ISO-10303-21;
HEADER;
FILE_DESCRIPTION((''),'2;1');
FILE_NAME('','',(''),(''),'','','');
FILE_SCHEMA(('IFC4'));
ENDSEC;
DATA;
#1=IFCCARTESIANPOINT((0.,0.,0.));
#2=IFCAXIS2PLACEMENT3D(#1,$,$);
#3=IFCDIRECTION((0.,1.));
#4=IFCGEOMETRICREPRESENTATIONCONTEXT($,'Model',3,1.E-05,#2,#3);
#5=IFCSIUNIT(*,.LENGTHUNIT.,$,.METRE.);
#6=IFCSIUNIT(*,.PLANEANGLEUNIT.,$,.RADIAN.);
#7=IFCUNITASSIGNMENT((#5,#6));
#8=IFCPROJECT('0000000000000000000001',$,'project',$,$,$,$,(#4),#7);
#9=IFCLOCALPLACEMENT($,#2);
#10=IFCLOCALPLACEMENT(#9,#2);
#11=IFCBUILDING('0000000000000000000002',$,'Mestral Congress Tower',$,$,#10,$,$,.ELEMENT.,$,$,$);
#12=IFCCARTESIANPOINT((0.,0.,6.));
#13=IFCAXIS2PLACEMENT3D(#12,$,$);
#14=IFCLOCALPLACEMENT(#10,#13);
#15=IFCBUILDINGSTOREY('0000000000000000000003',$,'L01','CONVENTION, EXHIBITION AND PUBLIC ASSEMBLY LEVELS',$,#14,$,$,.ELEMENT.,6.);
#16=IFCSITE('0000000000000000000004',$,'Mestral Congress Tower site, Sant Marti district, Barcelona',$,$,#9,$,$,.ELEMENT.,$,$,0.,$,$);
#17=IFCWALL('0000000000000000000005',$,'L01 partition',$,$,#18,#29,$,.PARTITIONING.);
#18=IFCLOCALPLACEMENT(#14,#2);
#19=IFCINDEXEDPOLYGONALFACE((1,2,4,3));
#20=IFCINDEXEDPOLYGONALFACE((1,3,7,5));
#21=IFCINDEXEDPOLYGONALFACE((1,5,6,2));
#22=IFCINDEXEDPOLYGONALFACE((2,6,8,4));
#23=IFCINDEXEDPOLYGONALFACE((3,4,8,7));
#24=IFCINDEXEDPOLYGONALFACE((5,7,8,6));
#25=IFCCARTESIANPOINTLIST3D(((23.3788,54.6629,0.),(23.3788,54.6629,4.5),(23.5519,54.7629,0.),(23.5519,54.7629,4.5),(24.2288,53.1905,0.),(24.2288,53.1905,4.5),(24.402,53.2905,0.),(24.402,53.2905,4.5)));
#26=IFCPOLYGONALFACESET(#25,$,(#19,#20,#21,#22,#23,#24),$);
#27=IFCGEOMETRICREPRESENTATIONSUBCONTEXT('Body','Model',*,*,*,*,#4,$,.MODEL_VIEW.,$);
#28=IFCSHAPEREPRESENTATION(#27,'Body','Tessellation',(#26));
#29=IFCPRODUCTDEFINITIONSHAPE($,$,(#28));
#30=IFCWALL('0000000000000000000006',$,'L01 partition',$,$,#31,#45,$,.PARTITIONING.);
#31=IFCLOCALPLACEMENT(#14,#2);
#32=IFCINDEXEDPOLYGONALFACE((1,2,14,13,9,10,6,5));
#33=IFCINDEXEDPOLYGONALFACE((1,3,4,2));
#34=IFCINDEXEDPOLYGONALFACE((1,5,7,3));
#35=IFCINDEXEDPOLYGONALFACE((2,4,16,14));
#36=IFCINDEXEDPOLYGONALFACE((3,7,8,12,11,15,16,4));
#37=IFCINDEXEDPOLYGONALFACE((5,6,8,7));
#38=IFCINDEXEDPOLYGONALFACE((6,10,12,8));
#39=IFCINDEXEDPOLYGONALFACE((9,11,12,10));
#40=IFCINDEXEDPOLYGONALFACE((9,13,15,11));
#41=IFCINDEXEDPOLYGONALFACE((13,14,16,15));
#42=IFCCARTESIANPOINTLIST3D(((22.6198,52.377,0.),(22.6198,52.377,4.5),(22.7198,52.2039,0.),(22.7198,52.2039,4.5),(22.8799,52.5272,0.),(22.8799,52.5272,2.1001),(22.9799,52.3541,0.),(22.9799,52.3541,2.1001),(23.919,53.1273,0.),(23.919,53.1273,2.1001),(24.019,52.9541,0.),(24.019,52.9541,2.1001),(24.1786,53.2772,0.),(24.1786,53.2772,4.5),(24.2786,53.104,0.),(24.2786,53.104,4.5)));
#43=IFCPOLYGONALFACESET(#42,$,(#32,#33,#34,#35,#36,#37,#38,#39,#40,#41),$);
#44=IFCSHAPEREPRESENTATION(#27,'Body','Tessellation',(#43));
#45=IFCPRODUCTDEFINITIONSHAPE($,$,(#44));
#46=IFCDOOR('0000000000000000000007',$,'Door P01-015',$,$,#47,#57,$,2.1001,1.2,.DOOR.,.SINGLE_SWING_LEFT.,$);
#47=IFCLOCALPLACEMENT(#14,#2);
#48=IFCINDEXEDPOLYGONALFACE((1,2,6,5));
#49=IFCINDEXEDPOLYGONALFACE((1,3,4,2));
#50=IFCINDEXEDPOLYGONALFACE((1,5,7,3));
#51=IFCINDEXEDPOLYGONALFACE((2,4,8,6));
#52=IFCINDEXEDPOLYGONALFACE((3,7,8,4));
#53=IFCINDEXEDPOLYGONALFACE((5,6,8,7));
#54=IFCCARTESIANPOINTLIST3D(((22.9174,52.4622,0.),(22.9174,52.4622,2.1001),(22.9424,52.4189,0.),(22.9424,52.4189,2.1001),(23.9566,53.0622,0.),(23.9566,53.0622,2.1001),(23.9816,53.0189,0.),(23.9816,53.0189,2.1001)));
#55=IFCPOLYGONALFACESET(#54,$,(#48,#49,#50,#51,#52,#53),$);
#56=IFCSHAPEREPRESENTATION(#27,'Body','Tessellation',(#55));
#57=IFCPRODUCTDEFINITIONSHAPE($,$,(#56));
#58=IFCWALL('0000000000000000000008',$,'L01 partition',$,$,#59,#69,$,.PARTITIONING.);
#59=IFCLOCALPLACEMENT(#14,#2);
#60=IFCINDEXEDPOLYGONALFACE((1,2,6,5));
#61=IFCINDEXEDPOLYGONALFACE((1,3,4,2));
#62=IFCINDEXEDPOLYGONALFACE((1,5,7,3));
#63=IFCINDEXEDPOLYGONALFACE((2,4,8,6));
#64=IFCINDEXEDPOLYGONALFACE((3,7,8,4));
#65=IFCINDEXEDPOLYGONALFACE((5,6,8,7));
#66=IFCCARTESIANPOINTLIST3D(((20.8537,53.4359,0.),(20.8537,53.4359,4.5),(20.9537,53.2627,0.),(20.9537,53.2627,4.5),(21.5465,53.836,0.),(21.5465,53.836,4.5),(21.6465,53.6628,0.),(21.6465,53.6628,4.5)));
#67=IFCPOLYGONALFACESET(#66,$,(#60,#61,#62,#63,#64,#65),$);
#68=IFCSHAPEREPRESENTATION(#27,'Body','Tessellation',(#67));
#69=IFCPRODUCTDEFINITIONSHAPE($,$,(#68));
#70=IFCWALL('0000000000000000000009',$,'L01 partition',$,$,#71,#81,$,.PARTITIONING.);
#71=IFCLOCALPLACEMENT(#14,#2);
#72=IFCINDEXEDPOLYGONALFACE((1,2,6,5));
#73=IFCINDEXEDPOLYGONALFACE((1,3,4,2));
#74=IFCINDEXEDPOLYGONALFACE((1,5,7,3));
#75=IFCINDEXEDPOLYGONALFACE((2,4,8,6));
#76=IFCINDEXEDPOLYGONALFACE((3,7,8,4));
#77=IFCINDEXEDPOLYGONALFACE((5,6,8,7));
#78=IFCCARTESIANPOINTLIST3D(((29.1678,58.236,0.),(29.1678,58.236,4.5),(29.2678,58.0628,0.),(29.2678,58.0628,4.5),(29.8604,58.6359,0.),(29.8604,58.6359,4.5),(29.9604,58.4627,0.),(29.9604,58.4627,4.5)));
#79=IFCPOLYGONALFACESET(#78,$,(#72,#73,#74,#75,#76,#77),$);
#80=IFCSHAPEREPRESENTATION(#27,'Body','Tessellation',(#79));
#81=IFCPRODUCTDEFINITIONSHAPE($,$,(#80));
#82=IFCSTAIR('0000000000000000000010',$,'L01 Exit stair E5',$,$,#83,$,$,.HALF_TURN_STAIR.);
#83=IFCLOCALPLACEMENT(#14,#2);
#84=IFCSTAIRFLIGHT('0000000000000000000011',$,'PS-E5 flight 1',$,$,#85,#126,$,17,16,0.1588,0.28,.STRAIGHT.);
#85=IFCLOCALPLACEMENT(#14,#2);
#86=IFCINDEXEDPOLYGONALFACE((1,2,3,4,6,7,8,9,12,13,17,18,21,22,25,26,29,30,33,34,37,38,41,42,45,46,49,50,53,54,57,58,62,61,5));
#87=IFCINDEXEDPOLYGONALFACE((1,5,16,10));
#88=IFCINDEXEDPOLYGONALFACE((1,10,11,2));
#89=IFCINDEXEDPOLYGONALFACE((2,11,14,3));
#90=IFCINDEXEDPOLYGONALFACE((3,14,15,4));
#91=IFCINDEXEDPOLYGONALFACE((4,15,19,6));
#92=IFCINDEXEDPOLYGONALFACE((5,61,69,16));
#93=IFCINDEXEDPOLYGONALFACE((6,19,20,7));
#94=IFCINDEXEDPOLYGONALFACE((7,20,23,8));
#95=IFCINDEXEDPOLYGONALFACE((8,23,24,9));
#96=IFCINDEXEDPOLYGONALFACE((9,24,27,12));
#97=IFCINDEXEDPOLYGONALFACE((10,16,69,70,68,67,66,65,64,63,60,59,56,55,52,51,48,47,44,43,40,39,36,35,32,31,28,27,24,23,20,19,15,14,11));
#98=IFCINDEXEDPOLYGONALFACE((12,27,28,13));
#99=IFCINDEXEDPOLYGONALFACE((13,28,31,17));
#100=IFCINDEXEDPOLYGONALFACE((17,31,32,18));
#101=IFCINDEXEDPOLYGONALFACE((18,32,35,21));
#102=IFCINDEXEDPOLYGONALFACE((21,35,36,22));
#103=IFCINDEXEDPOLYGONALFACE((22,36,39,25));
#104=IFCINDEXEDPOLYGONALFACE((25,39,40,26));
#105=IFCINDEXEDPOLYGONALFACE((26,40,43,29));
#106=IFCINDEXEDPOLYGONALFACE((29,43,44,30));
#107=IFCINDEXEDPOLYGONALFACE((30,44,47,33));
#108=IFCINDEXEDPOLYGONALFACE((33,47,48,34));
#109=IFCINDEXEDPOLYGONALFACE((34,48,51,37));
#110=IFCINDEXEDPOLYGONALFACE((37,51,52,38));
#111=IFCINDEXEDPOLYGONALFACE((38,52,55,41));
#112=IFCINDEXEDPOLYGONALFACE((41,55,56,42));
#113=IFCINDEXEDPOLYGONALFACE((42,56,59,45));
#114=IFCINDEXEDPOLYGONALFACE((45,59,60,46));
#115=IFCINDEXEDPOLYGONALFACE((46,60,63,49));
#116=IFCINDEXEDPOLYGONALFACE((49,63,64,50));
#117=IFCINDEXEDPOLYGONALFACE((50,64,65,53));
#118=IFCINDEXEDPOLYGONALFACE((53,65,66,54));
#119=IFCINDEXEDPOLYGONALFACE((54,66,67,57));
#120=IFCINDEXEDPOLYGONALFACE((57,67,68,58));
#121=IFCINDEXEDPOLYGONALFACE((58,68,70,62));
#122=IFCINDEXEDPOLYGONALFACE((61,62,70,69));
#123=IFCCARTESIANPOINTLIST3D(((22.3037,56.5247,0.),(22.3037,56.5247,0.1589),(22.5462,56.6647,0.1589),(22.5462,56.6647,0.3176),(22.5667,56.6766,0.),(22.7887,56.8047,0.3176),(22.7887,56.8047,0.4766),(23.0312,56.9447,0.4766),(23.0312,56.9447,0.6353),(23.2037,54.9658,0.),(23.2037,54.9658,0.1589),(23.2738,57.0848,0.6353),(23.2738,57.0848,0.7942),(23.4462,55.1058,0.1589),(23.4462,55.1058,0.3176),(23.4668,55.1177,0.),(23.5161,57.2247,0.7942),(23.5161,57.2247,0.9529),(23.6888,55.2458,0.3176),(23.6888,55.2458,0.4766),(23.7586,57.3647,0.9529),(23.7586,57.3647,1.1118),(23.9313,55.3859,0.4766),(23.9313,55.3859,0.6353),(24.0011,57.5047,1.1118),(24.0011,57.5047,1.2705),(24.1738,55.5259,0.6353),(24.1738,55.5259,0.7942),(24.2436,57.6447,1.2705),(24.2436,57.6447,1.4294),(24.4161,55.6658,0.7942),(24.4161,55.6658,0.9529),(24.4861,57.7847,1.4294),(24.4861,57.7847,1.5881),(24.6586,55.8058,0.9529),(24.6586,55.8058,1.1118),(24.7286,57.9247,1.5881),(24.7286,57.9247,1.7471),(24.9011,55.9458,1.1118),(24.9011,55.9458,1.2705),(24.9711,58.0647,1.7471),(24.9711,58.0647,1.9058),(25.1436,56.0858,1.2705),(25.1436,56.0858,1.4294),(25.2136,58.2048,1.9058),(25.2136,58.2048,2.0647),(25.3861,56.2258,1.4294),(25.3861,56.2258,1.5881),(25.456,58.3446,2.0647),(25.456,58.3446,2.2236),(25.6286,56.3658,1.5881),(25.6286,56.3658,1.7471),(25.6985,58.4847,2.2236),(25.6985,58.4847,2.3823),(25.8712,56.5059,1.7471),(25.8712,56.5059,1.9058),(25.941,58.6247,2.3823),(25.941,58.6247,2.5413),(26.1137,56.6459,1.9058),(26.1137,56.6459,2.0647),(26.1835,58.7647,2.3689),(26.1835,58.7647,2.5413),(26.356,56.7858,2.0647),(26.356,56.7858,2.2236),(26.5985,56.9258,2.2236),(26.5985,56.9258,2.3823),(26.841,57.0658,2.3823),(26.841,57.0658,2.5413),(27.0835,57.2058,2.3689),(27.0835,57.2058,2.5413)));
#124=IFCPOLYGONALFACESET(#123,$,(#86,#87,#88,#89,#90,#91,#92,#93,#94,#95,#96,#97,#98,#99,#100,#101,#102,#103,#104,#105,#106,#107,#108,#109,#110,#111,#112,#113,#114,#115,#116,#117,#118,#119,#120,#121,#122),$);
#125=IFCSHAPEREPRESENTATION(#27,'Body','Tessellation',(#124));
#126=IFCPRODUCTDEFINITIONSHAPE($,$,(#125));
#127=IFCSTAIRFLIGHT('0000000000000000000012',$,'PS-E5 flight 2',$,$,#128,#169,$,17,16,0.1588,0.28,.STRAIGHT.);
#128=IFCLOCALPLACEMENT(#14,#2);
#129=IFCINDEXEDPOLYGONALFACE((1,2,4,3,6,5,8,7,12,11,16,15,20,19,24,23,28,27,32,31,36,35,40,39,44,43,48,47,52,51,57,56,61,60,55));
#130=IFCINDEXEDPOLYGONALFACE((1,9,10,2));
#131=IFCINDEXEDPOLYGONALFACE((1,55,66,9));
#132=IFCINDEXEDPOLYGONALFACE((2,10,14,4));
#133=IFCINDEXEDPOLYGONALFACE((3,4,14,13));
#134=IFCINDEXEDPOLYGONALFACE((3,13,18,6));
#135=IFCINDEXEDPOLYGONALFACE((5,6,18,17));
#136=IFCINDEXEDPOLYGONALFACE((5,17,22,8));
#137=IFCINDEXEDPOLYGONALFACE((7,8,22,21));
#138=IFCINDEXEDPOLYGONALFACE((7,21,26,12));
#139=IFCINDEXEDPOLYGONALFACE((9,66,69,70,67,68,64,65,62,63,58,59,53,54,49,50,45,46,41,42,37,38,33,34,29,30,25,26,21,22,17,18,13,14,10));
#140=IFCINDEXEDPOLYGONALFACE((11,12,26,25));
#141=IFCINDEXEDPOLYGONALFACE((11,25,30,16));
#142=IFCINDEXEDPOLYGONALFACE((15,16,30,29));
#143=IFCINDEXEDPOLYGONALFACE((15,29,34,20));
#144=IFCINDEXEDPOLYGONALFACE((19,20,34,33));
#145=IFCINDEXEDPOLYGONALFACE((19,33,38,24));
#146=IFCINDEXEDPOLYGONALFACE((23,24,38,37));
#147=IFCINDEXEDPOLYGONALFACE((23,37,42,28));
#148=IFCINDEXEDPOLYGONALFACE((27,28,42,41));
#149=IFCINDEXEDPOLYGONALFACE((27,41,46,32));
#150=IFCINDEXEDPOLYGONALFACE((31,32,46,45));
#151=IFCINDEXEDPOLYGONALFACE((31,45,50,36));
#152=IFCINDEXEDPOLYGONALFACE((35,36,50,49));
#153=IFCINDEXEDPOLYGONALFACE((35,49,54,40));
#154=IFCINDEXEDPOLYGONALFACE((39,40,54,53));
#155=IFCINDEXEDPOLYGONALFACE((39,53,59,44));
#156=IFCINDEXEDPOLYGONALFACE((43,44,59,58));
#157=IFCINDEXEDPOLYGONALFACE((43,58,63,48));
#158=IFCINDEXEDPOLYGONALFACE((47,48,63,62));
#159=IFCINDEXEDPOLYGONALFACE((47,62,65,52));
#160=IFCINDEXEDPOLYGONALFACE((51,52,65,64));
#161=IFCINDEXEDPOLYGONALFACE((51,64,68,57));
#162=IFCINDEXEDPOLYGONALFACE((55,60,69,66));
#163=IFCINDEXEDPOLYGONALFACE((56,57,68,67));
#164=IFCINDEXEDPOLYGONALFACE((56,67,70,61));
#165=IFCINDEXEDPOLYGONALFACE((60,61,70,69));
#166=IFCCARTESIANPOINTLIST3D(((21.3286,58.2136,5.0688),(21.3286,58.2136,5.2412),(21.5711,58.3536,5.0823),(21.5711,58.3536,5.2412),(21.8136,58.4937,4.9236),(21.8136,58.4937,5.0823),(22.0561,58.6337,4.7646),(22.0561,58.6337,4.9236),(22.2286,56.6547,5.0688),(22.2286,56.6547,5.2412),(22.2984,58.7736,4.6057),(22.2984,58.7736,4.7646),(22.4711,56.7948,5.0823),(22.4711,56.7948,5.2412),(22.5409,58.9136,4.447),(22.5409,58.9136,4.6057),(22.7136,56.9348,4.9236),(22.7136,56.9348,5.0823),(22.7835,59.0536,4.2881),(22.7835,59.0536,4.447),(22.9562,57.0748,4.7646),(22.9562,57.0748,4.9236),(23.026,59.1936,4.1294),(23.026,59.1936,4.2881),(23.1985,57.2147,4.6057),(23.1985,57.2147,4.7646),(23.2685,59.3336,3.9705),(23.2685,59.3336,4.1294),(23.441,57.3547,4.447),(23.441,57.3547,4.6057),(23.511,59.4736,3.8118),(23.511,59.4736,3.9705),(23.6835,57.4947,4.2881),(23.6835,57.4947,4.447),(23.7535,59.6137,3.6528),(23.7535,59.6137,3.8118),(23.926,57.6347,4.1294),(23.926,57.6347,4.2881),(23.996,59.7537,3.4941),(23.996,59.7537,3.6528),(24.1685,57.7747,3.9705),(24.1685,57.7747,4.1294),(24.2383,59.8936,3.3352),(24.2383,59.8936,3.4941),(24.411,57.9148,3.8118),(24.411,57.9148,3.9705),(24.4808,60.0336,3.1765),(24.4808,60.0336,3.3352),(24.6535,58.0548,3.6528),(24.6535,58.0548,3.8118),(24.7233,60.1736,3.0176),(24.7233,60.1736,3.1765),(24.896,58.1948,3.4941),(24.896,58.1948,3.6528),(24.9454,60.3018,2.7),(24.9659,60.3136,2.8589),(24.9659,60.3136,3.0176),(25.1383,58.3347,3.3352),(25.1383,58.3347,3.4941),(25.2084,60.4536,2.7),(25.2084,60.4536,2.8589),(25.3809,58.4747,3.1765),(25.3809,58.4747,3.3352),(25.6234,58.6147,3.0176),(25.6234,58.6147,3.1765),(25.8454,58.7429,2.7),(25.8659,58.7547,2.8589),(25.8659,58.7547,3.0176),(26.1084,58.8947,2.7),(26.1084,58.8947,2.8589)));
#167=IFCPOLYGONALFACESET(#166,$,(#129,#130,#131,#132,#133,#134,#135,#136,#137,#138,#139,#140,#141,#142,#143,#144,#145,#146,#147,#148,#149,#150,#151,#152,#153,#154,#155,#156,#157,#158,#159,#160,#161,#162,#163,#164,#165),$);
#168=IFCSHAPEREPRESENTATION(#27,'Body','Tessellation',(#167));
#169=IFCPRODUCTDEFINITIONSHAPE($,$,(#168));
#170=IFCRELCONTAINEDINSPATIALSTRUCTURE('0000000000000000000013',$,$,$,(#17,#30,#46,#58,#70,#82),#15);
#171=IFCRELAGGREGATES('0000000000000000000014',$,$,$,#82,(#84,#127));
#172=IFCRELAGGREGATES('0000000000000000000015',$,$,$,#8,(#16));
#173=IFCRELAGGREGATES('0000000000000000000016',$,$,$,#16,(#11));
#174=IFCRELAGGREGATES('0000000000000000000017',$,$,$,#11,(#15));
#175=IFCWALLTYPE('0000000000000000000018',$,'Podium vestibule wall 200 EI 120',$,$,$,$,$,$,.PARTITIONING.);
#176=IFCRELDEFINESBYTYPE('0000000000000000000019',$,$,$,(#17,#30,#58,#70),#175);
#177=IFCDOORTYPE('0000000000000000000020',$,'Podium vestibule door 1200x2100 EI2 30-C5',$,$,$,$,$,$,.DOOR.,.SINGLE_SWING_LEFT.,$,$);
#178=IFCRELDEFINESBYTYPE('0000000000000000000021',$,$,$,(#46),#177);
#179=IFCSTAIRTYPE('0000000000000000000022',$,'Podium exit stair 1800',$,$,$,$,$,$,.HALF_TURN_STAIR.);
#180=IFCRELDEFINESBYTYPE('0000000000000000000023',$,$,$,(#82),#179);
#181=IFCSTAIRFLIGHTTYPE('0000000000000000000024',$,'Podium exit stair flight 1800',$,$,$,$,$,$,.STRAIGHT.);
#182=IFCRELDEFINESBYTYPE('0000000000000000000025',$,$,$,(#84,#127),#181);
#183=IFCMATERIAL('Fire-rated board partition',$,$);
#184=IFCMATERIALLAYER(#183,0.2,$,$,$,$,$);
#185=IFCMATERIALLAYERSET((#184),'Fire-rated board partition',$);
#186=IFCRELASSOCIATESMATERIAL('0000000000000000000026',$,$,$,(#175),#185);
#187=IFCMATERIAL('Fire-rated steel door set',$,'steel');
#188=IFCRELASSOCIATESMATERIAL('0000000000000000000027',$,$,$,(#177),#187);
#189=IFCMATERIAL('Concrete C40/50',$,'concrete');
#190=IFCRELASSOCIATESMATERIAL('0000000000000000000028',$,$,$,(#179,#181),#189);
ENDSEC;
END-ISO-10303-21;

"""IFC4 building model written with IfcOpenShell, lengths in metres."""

from ifc_helpers import new_model, si_unit, direction, frame, frame_2d, origin, place, context, subcontext, project, spatial, polyline, rectangle, outline, extrude, material, layer, layer_set, type_object, element, fill, aggregate, save


model = new_model("IFC4")

# Units and contexts
model_context = context("Model", 3, precision=1e-05, world=origin(), true_north=direction((0.0, 1.0)))
body_context = subcontext(model_context, "Body", "Model", "MODEL_VIEW")
ifc_project = project(units=[si_unit("LENGTHUNIT", "METRE"), si_unit("PLANEANGLEUNIT", "RADIAN")], contexts=[model_context])

# Site, building, storey
site_placement = place(None, origin())
site = spatial("IfcSite", under=ifc_project, at=site_placement, Name="Mestral Congress Tower site, Sant Marti district, Barcelona", CompositionType="ELEMENT", RefElevation=0.0)
building_placement = place(site_placement, origin())
building = spatial("IfcBuilding", under=site, at=building_placement, Name="Mestral Congress Tower", CompositionType="ELEMENT")
storey_placement = place(building_placement, frame((0.0, 0.0, 6.0)))
storey = spatial("IfcBuildingStorey", under=building, at=storey_placement, Name="L01", Description="CONVENTION, EXHIBITION AND PUBLIC ASSEMBLY LEVELS", CompositionType="ELEMENT", Elevation=6.0)

# Shared definitions
ifc_material_1 = material(Name="Fire-rated steel door set", Category="steel")

# Wall
ifc_material_2 = material(Name="Fire-rated board partition")
ifc_layer_1 = layer(ifc_material_2, 0.2)
ifc_layer_set_1 = layer_set([ifc_layer_1], Name="Fire-rated board partition")
wall_type_1 = type_object("IfcWallType", Name="Podium vestibule wall 200 EI 120", PredefinedType="PARTITIONING", material=ifc_layer_set_1)
wall_1_placement = place(storey_placement, frame((24.3154, 53.2405, 0.0), z_axis=(0.0, 0.0, 1.0), x_axis=(-0.5, 0.866025, 0.0)))
element("IfcWall", 1, at=wall_1_placement, inside=storey, type_object=wall_type_1, Name="L01 partition", PredefinedType="PARTITIONING", context=body_context, shape_type="SweptSolid", body=[
    extrude(rectangle(XDim=1.7002, YDim=0.2, at=frame_2d((0.8501, 0.0))), origin(), (0.0, 0.0, 1.0), 4.5),
])

# Wall, opening, door
wall_2_placement = place(storey_placement, frame((22.6699, 52.2905, 0.0), z_axis=(0.0, 0.0, 1.0), x_axis=(0.865989, 0.500063, 0.0)))
wall_2 = element("IfcWall", 2, at=wall_2_placement, inside=storey, type_object=wall_type_1, Name="L01 partition", PredefinedType="PARTITIONING", context=body_context, shape_type="SweptSolid", body=[
    extrude(rectangle(XDim=1.8, YDim=0.2, at=frame_2d((0.8999, 0.0))), origin(), (0.0, 0.0, 1.0), 4.5),
])
opening_1_placement = place(wall_2_placement, frame((0.3, 0.0, 0.0)))
opening_1 = element("IfcOpeningElement", 3, at=opening_1_placement, cuts=wall_2, PredefinedType="OPENING", context=body_context, shape_type="SweptSolid", body=[
    extrude(rectangle(XDim=1.2, YDim=2.1001, at=frame_2d((0.6001, 1.05))), frame((0.0, 0.1099, 0.0), z_axis=(0.0, -1.0, 0.0), x_axis=(1.0, 0.0, 0.0)), (0.0, 0.0, 1.0), 0.22),
])
door_type_1 = type_object("IfcDoorType", Name="Podium vestibule door 1200x2100 EI2 30-C5", OperationType="SINGLE_SWING_LEFT", PredefinedType="DOOR", material=ifc_material_1)
door_1_placement = place(opening_1_placement, origin())
door_1 = element("IfcDoor", 4, at=door_1_placement, inside=storey, type_object=door_type_1, Name="Door P01-015", OperationType="SINGLE_SWING_LEFT", OverallHeight=2.1001, OverallWidth=1.2, PredefinedType="DOOR", context=body_context, shape_type="SweptSolid", body=[
    extrude(rectangle(XDim=1.2, YDim=2.1001, at=frame_2d((0.6001, 1.05))), frame((0.0, 0.0249, 0.0), z_axis=(0.0, -1.0, 0.0), x_axis=(1.0, 0.0, 0.0)), (0.0, 0.0, 1.0), 0.05),
])
fill(opening_1, door_1)

# Walls
wall_3_placement = place(storey_placement, frame((20.9038, 53.3494, 0.0), z_axis=(0.0, 0.0, 1.0), x_axis=(0.865962, 0.50011, 0.0)))
element("IfcWall", 5, at=wall_3_placement, inside=storey, type_object=wall_type_1, Name="L01 partition", PredefinedType="PARTITIONING", context=body_context, shape_type="SweptSolid", body=[
    extrude(rectangle(XDim=0.8, YDim=0.2, at=frame_2d((0.3999, 0.0))), origin(), (0.0, 0.0, 1.0), 4.5),
])
wall_4_placement = place(storey_placement, frame((29.2178, 58.1494, 0.0), z_axis=(0.0, 0.0, 1.0), x_axis=(0.866018, 0.500013, 0.0)))
element("IfcWall", 6, at=wall_4_placement, inside=storey, type_object=wall_type_1, Name="L01 partition", PredefinedType="PARTITIONING", context=body_context, shape_type="SweptSolid", body=[
    extrude(rectangle(XDim=0.7998, YDim=0.2, at=frame_2d((0.3999, 0.0))), origin(), (0.0, 0.0, 1.0), 4.5),
])

# Stair, stair flights
ifc_material_3 = material(Name="Concrete C40/50", Category="concrete")
stair_type = type_object("IfcStairType", Name="Podium exit stair 1800", PredefinedType="HALF_TURN_STAIR", material=ifc_material_3)
stair_placement = place(storey_placement, origin())
stair = element("IfcStair", 7, at=stair_placement, inside=storey, type_object=stair_type, Name="L01 Exit stair E5", PredefinedType="HALF_TURN_STAIR")
stair_flight_type = type_object("IfcStairFlightType", Name="Podium exit stair flight 1800", PredefinedType="STRAIGHT", material=ifc_material_3)
stair_flight_1_placement = place(storey_placement, frame((22.7537, 55.7454, 0.0), z_axis=(0.0, 0.0, 1.0), x_axis=(0.866025, 0.5, 0.0)))
stair_flight_1 = element("IfcStairFlight", 8, at=stair_flight_1_placement, type_object=stair_flight_type, Name="PS-E5 flight 1", NumberOfRisers=17, NumberOfTreads=16, PredefinedType="STRAIGHT", RiserHeight=0.1588, TreadLength=0.28, context=body_context, shape_type="SweptSolid", body=[
    extrude(outline(polyline([(0.0, 0.0), (0.0, 0.1589), (0.28, 0.1589), (0.28, 0.3176), (0.5601, 0.3176), (0.5601, 0.4766), (0.8401, 0.4766), (0.8401, 0.6353), (1.1201, 0.6353), (1.1201, 0.7942), (1.3999, 0.7942), (1.3999, 0.9529), (1.6799, 0.9529), (1.6799, 1.1118), (1.96, 1.1118), (1.96, 1.2705), (2.24, 1.2705), (2.24, 1.4294), (2.52, 1.4294), (2.52, 1.5881), (2.8, 1.5881), (2.8, 1.7471), (3.0801, 1.7471), (3.0801, 1.9058), (3.3601, 1.9058), (3.3601, 2.0647), (3.6399, 2.0647), (3.6399, 2.2236), (3.9199, 2.2236), (3.9199, 2.3823), (4.2, 2.3823), (4.2, 2.5413), (4.48, 2.5413), (4.48, 2.7), (4.48, 2.3689), (0.3037, 0.0), (0.0, 0.0)])), frame((0.0, 0.8999, 0.0), z_axis=(0.0, -1.0, 0.0), x_axis=(1.0, 0.0, 0.0)), (0.0, 0.0, 1.0), 1.8),
])
stair_flight_2_placement = place(storey_placement, frame((25.6584, 59.6741, 2.7), z_axis=(0.0, 0.0, 1.0), x_axis=(-0.866025, -0.5, 0.0)))
stair_flight_2 = element("IfcStairFlight", 9, at=stair_flight_2_placement, type_object=stair_flight_type, Name="PS-E5 flight 2", NumberOfRisers=17, NumberOfTreads=16, PredefinedType="STRAIGHT", RiserHeight=0.1588, TreadLength=0.28, context=body_context, shape_type="SweptSolid", body=[
    extrude(outline(polyline([(0.0, 0.0), (0.0, 0.1589), (0.28, 0.1589), (0.28, 0.3176), (0.5601, 0.3176), (0.5601, 0.4766), (0.8401, 0.4766), (0.8401, 0.6353), (1.1201, 0.6353), (1.1201, 0.7942), (1.3999, 0.7942), (1.3999, 0.9529), (1.6799, 0.9529), (1.6799, 1.1118), (1.96, 1.1118), (1.96, 1.2705), (2.24, 1.2705), (2.24, 1.4294), (2.52, 1.4294), (2.52, 1.5881), (2.8, 1.5881), (2.8, 1.7471), (3.0801, 1.7471), (3.0801, 1.9058), (3.3601, 1.9058), (3.3601, 2.0647), (3.6399, 2.0647), (3.6399, 2.2236), (3.9199, 2.2236), (3.9199, 2.3823), (4.2, 2.3823), (4.2, 2.5413), (4.48, 2.5413), (4.48, 2.7), (4.48, 2.3689), (0.3037, 0.0), (0.0, 0.0)])), frame((0.0, 0.8999, 0.0), z_axis=(0.0, -1.0, 0.0), x_axis=(1.0, 0.0, 0.0)), (0.0, 0.0, 1.0), 1.8),
])
aggregate(stair, [stair_flight_1, stair_flight_2])

save(model, "model.ifc")
